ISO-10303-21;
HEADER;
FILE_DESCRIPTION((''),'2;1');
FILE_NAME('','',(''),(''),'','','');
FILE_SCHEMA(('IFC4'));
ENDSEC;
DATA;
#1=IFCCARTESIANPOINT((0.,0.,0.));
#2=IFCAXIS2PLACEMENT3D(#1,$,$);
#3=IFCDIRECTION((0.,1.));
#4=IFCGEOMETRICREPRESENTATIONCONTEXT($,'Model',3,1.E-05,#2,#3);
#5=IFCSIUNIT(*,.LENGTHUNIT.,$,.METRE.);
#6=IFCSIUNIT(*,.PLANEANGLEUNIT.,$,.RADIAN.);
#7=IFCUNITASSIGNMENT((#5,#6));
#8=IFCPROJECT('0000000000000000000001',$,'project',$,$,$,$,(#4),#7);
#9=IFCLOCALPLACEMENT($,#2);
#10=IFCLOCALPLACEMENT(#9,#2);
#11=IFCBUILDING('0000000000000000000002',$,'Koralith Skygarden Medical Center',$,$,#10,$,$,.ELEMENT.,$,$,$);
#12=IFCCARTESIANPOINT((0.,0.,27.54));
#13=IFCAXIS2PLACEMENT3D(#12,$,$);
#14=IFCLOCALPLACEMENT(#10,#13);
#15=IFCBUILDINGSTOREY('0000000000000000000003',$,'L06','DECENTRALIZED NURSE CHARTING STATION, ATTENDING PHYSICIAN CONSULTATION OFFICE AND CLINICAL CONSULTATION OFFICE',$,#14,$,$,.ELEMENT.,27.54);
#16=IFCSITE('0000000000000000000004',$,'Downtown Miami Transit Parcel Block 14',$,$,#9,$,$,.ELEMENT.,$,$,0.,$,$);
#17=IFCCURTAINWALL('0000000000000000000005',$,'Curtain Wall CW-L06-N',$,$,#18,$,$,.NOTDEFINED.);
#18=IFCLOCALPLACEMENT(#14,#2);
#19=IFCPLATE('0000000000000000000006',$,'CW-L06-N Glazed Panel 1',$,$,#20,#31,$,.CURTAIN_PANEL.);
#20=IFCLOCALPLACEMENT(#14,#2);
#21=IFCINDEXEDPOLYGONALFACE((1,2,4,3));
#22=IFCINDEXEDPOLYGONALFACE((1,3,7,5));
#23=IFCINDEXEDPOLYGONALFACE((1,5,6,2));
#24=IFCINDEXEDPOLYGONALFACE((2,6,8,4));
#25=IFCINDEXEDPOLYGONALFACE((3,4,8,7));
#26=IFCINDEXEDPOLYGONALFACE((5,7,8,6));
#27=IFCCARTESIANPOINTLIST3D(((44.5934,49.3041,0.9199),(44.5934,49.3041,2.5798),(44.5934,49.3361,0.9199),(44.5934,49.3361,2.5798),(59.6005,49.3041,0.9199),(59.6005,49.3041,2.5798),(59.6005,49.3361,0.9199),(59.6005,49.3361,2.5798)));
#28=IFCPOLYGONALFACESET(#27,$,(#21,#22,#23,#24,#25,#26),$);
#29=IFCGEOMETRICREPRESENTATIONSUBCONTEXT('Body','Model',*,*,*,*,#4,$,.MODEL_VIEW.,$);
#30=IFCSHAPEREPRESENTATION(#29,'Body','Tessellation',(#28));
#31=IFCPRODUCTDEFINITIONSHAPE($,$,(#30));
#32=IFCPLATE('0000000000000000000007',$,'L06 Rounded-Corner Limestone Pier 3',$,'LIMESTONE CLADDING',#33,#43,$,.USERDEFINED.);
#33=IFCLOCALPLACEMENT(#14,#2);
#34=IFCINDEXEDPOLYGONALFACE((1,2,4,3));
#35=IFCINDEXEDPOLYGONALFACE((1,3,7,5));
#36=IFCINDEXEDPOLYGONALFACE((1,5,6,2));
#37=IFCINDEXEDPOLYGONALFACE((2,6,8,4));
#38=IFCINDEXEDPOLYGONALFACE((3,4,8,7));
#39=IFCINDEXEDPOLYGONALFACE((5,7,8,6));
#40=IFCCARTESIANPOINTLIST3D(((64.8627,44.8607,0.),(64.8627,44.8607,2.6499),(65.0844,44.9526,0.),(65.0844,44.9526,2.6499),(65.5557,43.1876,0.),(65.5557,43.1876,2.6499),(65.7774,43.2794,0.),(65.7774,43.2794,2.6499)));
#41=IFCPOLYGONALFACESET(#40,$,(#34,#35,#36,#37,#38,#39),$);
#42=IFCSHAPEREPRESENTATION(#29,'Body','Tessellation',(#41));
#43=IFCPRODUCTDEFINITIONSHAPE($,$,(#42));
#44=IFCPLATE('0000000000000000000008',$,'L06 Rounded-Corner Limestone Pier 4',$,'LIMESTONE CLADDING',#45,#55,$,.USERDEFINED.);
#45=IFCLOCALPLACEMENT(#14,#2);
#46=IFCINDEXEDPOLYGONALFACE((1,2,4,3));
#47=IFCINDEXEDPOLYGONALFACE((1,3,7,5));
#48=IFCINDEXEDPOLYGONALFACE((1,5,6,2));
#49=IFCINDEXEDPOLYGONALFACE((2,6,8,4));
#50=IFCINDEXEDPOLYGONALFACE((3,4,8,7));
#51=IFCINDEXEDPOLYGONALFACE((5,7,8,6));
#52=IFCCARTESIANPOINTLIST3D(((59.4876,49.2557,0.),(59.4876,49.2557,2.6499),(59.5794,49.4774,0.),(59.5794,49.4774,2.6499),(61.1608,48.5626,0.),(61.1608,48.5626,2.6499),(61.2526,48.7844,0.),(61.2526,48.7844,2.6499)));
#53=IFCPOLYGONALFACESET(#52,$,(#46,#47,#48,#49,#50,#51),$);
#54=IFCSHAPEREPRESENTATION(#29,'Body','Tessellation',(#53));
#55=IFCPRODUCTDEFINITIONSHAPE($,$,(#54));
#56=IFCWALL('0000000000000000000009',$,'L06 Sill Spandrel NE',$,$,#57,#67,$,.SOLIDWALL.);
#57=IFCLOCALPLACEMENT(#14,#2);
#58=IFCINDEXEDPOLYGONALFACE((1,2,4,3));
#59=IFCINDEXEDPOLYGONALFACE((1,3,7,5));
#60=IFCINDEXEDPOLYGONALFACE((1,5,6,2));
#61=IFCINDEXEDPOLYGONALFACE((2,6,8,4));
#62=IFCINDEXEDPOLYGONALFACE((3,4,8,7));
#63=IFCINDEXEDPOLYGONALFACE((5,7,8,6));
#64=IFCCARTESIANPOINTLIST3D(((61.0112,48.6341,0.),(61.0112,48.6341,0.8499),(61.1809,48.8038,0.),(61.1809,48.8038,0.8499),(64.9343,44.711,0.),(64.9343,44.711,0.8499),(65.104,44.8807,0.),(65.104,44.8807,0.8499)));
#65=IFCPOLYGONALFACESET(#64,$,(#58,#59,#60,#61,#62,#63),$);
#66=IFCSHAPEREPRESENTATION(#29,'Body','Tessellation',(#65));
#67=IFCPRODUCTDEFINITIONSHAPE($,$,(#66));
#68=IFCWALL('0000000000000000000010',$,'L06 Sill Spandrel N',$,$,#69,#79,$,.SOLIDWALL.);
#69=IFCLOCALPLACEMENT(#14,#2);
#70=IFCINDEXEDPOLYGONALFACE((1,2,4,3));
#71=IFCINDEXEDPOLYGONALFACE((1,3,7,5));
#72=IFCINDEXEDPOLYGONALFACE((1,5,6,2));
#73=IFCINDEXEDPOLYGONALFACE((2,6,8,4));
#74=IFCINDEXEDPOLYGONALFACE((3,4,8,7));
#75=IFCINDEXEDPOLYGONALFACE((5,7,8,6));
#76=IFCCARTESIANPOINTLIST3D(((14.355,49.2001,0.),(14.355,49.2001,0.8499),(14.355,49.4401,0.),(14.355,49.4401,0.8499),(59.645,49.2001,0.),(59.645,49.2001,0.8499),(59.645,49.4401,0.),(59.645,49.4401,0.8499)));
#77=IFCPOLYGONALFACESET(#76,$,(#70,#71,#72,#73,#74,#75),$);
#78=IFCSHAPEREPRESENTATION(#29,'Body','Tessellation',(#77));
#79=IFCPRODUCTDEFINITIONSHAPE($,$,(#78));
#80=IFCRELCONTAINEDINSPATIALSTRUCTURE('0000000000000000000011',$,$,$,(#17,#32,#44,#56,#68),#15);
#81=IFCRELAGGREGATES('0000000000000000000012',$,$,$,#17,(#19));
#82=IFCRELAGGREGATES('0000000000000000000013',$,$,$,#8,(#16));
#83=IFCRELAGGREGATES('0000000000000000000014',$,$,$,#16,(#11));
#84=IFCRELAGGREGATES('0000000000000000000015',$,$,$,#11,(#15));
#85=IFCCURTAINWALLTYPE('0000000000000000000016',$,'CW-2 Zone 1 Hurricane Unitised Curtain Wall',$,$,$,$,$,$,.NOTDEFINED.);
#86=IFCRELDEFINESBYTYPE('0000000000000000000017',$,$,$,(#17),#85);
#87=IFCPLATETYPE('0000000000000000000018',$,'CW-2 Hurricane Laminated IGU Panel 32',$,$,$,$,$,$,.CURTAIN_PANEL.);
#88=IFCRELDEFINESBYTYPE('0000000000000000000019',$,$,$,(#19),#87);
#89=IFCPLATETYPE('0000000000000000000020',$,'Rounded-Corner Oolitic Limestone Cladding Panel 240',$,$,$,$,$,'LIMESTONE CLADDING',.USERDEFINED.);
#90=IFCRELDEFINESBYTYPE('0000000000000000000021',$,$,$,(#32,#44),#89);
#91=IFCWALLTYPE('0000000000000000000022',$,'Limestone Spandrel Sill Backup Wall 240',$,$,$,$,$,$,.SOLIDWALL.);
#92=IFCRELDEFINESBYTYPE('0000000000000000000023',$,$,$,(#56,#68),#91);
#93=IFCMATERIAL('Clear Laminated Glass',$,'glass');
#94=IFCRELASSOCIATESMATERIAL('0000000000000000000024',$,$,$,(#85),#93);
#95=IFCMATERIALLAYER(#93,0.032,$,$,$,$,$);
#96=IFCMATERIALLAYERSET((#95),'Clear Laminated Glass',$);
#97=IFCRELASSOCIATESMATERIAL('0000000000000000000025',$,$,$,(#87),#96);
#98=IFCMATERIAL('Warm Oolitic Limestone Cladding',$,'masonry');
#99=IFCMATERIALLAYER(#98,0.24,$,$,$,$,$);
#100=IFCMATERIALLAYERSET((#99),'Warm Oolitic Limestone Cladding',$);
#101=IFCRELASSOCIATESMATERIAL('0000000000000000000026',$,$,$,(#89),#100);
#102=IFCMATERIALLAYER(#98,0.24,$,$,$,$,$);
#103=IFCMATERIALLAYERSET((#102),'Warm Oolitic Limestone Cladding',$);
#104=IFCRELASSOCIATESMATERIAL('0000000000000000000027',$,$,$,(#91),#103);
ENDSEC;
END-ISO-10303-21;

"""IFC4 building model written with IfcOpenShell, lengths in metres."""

from ifc_helpers import new_model, si_unit, direction, frame, frame_2d, origin, origin_2d, place, context, subcontext, project, spatial, rectangle, extrude, material, layer, layer_set, type_object, element, aggregate, save


model = new_model("IFC4")

# Units and contexts
model_context = context("Model", 3, precision=1e-05, world=origin(), true_north=direction((0.0, 1.0)))
body_context = subcontext(model_context, "Body", "Model", "MODEL_VIEW")
ifc_project = project(units=[si_unit("LENGTHUNIT", "METRE"), si_unit("PLANEANGLEUNIT", "RADIAN")], contexts=[model_context])

# Site, building, storey
site_placement = place(None, origin())
site = spatial("IfcSite", under=ifc_project, at=site_placement, Name="Downtown Miami Transit Parcel Block 14", CompositionType="ELEMENT", RefElevation=0.0)
building_placement = place(site_placement, origin())
building = spatial("IfcBuilding", under=site, at=building_placement, Name="Koralith Skygarden Medical Center", CompositionType="ELEMENT")
storey_placement = place(building_placement, frame((0.0, 0.0, 27.54)))
storey = spatial("IfcBuildingStorey", under=building, at=storey_placement, Name="L06", Description="DECENTRALIZED NURSE CHARTING STATION, ATTENDING PHYSICIAN CONSULTATION OFFICE AND CLINICAL CONSULTATION OFFICE", CompositionType="ELEMENT", Elevation=27.54)

# Shared definitions
ifc_material_1 = material(Name="Clear Laminated Glass", Category="glass")
curtain_wall_type = type_object("IfcCurtainWallType", Name="CW-2 Zone 1 Hurricane Unitised Curtain Wall", PredefinedType="NOTDEFINED", material=ifc_material_1)

# Curtain wall
curtain_wall_1_placement = place(storey_placement, origin())
curtain_wall_1 = element("IfcCurtainWall", 1, at=curtain_wall_1_placement, inside=storey, type_object=curtain_wall_type, Name="Curtain Wall CW-L06-N", PredefinedType="NOTDEFINED")

# Plate
ifc_layer_1 = layer(ifc_material_1, 0.032)
ifc_layer_set_1 = layer_set([ifc_layer_1], Name="Clear Laminated Glass")
plate_type_1 = type_object("IfcPlateType", Name="CW-2 Hurricane Laminated IGU Panel 32", PredefinedType="CURTAIN_PANEL", material=ifc_layer_set_1)
plate_1_placement = place(storey_placement, frame((52.0969, 49.3201, 0.9199), z_axis=(0.0, 0.0, 1.0), x_axis=(-1.0, 0.0, 0.0)))
plate_1 = element("IfcPlate", 2, at=plate_1_placement, type_object=plate_type_1, Name="CW-L06-N Glazed Panel 1", PredefinedType="CURTAIN_PANEL", context=body_context, shape_type="SweptSolid", body=[
    extrude(rectangle(XDim=15.0071, YDim=0.032, at=origin_2d()), origin(), (0.0, 0.0, 1.0), 1.6599),
])
aggregate(curtain_wall_1, [plate_1])

# Plates
ifc_material_2 = material(Name="Warm Oolitic Limestone Cladding", Category="masonry")
ifc_layer_2 = layer(ifc_material_2, 0.24)
ifc_layer_set_2 = layer_set([ifc_layer_2], Name="Warm Oolitic Limestone Cladding")
plate_type_2 = type_object("IfcPlateType", Name="Rounded-Corner Oolitic Limestone Cladding Panel 240", ElementType="LIMESTONE CLADDING", PredefinedType="USERDEFINED", material=ifc_layer_set_2)
for number, where, z_axis, x_axis, name in (
    (3, (65.3201, 44.0701, 0.0), (0.0, 0.0, 1.0), (-0.382671, 0.923885, 0.0), "L06 Rounded-Corner Limestone Pier 3"),
    (4, (60.3701, 49.02, 0.0), (0.0, 0.0, 1.0), (-0.923885, 0.382671, 0.0), "L06 Rounded-Corner Limestone Pier 4"),
):
    element("IfcPlate", number, at=place(storey_placement, frame(where, z_axis=z_axis, x_axis=x_axis)), inside=storey, type_object=plate_type_2, Name=name, ObjectType="LIMESTONE CLADDING", PredefinedType="USERDEFINED", context=body_context, shape_type="SweptSolid", body=[
        extrude(rectangle(XDim=1.811, YDim=0.24, at=origin_2d()), origin(), (0.0, 0.0, 1.0), 2.6499),
    ])

# Walls
ifc_layer_3 = layer(ifc_material_2, 0.24)
ifc_layer_set_3 = layer_set([ifc_layer_3], Name="Warm Oolitic Limestone Cladding")
wall_type = type_object("IfcWallType", Name="Limestone Spandrel Sill Backup Wall 240", PredefinedType="SOLIDWALL", material=ifc_layer_set_3)
wall_1_placement = place(storey_placement, frame((65.019, 44.7959, 0.0), z_axis=(0.0, 0.0, 1.0), x_axis=(-0.707107, 0.707107, 0.0)))
element("IfcWall", 5, at=wall_1_placement, inside=storey, type_object=wall_type, Name="L06 Sill Spandrel NE", PredefinedType="SOLIDWALL", context=body_context, shape_type="SweptSolid", body=[
    extrude(rectangle(XDim=5.5481, YDim=0.24, at=frame_2d((2.7739, 0.0))), origin(), (0.0, 0.0, 1.0), 0.8499),
])
wall_2_placement = place(storey_placement, frame((59.645, 49.3201, 0.0), z_axis=(0.0, 0.0, 1.0), x_axis=(-1.0, 0.0, 0.0)))
element("IfcWall", 6, at=wall_2_placement, inside=storey, type_object=wall_type, Name="L06 Sill Spandrel N", PredefinedType="SOLIDWALL", context=body_context, shape_type="SweptSolid", body=[
    extrude(rectangle(XDim=45.29, YDim=0.24, at=frame_2d((22.645, 0.0))), origin(), (0.0, 0.0, 1.0), 0.8499),
])

save(model, "model.ifc")
